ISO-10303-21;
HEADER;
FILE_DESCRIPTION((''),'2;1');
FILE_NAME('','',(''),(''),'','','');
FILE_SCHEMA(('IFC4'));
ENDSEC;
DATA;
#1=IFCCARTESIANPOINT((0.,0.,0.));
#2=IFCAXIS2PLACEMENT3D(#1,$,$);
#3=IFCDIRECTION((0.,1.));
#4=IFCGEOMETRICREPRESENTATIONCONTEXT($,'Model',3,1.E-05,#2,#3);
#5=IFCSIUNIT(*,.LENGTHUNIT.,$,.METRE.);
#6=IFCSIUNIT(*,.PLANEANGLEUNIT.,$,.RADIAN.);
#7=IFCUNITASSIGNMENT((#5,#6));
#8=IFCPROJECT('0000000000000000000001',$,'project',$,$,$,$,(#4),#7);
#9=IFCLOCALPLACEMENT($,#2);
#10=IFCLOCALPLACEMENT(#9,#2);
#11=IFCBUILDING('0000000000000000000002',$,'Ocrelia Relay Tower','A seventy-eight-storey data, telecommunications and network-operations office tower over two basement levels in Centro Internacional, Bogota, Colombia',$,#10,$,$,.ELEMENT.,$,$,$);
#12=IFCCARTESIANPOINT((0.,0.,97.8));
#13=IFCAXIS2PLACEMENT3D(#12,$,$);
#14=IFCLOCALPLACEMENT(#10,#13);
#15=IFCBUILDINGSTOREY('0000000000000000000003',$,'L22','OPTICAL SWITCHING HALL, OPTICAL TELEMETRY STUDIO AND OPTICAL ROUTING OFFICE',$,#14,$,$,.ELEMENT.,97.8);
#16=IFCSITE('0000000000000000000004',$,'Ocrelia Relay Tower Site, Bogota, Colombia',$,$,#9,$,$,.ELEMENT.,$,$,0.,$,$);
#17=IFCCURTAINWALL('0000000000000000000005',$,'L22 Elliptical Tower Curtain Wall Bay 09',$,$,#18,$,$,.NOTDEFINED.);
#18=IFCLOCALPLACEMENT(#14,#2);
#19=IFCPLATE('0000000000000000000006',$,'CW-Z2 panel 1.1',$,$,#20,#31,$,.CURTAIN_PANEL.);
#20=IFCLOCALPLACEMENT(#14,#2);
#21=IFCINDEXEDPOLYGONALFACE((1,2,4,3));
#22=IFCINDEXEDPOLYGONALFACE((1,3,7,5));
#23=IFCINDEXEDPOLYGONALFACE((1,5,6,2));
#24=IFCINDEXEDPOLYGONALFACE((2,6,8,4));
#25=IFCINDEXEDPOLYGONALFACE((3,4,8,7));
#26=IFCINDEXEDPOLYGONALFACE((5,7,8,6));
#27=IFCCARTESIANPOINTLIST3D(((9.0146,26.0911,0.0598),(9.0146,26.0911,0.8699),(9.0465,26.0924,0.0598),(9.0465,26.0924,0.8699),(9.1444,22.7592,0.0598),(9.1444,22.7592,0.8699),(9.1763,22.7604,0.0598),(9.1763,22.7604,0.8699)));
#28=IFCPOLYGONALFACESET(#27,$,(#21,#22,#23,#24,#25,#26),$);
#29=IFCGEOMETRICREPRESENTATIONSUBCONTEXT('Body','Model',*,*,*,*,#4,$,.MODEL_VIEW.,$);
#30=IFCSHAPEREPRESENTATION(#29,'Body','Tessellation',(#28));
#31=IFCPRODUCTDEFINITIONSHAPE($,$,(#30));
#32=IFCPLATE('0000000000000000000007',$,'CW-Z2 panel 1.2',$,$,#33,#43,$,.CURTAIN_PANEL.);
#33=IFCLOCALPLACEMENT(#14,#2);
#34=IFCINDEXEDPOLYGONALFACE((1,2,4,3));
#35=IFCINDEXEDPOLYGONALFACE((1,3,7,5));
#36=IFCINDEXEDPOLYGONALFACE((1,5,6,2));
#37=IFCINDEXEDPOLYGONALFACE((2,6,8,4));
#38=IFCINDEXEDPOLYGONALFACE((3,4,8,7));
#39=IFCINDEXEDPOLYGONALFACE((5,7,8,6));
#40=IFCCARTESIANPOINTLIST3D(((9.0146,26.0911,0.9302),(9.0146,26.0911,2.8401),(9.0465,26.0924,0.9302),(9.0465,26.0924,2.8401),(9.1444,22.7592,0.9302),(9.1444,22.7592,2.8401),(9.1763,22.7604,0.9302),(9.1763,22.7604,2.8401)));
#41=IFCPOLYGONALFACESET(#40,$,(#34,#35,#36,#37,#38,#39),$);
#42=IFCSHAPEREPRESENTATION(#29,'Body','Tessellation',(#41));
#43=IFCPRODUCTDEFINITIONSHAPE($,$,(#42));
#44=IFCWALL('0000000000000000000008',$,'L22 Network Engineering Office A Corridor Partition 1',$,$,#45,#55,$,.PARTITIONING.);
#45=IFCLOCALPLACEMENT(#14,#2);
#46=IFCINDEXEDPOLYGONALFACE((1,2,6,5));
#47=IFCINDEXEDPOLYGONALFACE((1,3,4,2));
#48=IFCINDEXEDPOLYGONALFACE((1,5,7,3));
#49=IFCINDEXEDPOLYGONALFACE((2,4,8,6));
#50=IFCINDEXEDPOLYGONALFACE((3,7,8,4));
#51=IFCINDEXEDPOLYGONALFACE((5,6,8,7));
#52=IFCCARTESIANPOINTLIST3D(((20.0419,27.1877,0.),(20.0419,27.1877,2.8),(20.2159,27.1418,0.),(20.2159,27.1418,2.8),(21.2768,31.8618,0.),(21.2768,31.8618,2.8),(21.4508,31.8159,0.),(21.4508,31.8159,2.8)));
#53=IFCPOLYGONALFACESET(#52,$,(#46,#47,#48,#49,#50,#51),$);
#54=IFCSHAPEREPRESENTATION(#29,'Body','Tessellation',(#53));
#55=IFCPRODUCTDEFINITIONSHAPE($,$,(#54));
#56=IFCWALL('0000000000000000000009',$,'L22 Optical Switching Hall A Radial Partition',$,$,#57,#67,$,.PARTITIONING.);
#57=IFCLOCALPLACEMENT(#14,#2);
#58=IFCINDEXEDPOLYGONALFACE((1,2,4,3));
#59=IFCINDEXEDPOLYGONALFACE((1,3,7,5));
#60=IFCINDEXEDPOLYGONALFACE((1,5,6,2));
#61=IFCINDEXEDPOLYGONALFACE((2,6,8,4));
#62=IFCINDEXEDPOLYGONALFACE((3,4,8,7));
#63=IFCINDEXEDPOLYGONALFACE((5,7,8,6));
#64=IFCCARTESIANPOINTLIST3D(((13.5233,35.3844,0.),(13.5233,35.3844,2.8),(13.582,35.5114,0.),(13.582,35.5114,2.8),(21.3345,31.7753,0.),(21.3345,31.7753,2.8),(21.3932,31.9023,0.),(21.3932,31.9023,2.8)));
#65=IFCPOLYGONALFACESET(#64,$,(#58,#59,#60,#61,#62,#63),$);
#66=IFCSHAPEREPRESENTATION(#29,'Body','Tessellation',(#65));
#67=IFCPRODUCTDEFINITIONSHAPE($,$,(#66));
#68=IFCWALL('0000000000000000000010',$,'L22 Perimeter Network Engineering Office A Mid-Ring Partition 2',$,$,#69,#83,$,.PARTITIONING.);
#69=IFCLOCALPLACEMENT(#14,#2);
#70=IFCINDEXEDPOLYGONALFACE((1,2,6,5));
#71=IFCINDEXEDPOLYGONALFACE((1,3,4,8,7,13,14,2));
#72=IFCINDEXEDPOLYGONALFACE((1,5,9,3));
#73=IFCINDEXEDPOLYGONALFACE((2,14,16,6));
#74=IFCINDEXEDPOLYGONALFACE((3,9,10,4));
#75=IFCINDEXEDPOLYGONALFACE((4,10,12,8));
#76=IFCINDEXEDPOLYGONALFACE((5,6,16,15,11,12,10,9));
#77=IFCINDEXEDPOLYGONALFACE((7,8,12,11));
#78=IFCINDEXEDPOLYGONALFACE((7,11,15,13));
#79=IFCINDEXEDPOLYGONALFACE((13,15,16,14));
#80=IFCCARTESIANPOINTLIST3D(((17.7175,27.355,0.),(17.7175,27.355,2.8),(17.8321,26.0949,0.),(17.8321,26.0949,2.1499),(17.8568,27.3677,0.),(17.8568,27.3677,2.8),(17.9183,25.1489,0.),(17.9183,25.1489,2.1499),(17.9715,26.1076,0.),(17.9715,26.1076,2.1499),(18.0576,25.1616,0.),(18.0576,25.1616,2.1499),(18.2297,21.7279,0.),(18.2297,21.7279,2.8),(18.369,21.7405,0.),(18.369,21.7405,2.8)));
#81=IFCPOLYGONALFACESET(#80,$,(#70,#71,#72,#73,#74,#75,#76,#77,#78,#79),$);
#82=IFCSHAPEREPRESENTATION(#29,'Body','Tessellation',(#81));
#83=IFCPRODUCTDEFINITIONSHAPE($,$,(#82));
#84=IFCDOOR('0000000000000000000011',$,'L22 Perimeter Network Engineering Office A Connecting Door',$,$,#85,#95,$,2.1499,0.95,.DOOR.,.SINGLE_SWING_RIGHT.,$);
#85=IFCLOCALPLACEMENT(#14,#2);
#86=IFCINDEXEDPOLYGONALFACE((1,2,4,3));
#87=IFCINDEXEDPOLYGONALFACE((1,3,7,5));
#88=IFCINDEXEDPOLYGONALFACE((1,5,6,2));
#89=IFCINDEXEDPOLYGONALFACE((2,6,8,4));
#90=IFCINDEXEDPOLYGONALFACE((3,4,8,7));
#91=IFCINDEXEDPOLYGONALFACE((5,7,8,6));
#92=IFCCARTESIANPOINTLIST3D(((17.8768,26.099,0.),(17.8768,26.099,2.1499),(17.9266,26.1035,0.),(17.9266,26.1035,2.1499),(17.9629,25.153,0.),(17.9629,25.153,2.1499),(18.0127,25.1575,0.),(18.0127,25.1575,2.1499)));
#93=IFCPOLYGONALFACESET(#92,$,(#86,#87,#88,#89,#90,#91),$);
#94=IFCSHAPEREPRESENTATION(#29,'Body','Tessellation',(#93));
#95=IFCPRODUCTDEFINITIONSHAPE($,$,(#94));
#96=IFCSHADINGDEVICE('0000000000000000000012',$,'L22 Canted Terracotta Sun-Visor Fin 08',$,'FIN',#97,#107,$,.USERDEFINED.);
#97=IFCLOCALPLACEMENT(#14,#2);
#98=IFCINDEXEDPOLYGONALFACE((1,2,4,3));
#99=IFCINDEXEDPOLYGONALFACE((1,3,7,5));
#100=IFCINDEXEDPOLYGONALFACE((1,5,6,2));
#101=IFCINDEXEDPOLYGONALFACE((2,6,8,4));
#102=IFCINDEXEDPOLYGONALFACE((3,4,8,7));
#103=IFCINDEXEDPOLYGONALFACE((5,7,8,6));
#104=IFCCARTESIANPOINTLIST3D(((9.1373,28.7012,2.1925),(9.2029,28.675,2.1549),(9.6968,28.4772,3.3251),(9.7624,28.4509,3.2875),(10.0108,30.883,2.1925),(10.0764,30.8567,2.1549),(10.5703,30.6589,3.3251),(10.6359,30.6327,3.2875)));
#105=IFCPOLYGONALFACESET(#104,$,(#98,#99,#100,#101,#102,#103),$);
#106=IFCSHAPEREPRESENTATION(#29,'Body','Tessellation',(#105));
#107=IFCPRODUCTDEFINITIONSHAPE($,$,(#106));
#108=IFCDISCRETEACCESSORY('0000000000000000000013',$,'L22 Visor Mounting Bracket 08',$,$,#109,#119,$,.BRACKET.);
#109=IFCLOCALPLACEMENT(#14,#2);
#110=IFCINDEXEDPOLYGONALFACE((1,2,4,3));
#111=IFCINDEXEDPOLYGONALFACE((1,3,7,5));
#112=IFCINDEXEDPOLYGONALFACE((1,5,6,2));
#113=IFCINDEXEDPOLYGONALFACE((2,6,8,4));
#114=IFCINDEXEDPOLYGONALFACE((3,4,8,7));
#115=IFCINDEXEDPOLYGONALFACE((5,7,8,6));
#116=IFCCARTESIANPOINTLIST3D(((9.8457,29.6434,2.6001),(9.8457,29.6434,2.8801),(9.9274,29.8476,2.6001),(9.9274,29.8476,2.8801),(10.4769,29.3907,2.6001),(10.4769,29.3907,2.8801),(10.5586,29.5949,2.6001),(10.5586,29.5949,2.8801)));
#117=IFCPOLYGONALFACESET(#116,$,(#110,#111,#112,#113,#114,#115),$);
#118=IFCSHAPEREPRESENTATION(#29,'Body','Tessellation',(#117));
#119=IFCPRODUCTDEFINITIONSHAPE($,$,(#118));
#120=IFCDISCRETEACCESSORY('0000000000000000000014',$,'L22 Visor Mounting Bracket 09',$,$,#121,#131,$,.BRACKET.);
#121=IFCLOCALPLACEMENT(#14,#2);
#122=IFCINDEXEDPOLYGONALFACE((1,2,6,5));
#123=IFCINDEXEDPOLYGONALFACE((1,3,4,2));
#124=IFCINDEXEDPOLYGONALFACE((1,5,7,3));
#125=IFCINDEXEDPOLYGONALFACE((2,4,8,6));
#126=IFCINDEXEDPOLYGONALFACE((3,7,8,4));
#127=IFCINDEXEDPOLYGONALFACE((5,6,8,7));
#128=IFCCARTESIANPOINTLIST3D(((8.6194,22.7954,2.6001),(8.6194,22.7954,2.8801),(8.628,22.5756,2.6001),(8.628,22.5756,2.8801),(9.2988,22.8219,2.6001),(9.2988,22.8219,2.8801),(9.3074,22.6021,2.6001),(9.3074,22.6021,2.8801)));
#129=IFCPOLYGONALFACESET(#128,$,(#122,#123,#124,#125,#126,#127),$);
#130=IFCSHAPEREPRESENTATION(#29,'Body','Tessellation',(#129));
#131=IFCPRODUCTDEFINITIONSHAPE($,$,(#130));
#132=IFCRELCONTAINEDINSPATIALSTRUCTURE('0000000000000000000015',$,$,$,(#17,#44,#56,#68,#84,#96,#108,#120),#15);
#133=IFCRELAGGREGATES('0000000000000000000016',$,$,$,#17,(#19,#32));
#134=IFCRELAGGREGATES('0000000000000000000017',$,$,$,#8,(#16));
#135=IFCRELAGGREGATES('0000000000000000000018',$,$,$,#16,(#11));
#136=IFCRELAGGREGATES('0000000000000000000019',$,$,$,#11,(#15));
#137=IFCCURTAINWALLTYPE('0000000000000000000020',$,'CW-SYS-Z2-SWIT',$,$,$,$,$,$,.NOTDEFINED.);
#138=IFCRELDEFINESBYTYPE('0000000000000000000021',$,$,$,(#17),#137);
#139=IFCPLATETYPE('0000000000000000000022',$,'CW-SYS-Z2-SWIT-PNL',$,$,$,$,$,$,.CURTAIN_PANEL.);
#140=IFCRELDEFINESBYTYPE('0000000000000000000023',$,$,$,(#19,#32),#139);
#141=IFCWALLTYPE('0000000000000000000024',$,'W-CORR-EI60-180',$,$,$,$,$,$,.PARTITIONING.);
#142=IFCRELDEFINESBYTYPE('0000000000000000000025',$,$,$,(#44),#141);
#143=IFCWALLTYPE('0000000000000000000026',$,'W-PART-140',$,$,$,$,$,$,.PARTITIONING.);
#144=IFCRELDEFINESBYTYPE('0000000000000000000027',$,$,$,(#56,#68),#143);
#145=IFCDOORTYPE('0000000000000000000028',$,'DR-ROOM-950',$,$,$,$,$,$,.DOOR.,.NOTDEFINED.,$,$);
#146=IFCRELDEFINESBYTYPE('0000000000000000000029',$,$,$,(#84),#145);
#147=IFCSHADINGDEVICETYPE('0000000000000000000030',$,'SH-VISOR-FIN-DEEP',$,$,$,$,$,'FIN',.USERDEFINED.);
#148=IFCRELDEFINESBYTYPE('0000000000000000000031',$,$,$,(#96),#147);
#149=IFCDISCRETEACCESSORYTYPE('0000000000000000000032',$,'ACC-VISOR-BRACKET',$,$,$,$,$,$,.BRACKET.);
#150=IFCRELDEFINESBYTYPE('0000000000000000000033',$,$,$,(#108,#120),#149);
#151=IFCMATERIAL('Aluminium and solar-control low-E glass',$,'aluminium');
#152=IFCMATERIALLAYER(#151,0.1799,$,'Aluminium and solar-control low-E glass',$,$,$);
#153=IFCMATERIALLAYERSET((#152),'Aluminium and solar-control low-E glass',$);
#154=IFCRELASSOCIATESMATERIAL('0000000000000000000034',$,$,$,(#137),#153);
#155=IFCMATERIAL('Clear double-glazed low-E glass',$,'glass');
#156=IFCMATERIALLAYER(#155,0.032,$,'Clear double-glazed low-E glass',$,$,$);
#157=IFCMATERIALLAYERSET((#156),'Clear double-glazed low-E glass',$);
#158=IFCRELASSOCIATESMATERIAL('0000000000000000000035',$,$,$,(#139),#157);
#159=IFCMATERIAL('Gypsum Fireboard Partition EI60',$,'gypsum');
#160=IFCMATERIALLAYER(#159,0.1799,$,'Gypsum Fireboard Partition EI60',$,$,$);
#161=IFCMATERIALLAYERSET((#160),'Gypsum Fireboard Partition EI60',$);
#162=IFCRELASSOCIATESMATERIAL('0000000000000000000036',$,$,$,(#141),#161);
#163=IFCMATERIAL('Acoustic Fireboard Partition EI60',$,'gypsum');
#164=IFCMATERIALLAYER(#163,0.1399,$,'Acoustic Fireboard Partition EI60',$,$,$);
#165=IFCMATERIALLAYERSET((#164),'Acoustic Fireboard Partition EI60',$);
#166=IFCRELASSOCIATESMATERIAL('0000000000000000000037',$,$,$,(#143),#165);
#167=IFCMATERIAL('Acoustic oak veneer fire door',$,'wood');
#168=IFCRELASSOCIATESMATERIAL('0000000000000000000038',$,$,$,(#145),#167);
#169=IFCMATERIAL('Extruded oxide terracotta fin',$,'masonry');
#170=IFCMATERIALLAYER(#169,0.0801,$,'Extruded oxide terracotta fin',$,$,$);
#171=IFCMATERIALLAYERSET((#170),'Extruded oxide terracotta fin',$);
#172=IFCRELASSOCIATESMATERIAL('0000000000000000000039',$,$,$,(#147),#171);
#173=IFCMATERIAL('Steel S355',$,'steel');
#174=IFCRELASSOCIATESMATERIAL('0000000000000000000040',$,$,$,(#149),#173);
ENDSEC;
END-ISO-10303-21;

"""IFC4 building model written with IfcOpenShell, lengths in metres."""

from ifc_helpers import new_model, si_unit, direction, frame, frame_2d, origin, origin_2d, place, context, subcontext, project, spatial, rectangle, extrude, material, layer, layer_set, type_object, element, fill, aggregate, save


model = new_model("IFC4")

# Units and contexts
model_context = context("Model", 3, precision=1e-05, world=origin(), true_north=direction((0.0, 1.0)))
body_context = subcontext(model_context, "Body", "Model", "MODEL_VIEW")
ifc_project = project(units=[si_unit("LENGTHUNIT", "METRE"), si_unit("PLANEANGLEUNIT", "RADIAN")], contexts=[model_context])

# Site, building, storey
site_placement = place(None, origin())
site = spatial("IfcSite", under=ifc_project, at=site_placement, Name="Ocrelia Relay Tower Site, Bogota, Colombia", CompositionType="ELEMENT", RefElevation=0.0)
building_placement = place(site_placement, origin())
building = spatial("IfcBuilding", under=site, at=building_placement, Name="Ocrelia Relay Tower", Description="A seventy-eight-storey data, telecommunications and network-operations office tower over two basement levels in Centro Internacional, Bogota, Colombia", CompositionType="ELEMENT")
storey_placement = place(building_placement, frame((0.0, 0.0, 97.8)))
storey = spatial("IfcBuildingStorey", under=building, at=storey_placement, Name="L22", Description="OPTICAL SWITCHING HALL, OPTICAL TELEMETRY STUDIO AND OPTICAL ROUTING OFFICE", CompositionType="ELEMENT", Elevation=97.8)

# Shared definitions
ifc_material_1 = material(Name="Steel S355", Category="steel")

# Curtain wall, plates
ifc_material_2 = material(Name="Aluminium and solar-control low-E glass", Category="aluminium")
ifc_layer_1 = layer(ifc_material_2, 0.1799, Name="Aluminium and solar-control low-E glass")
ifc_layer_set_1 = layer_set([ifc_layer_1], Name="Aluminium and solar-control low-E glass")
curtain_wall_type = type_object("IfcCurtainWallType", Name="CW-SYS-Z2-SWIT", PredefinedType="NOTDEFINED", material=ifc_layer_set_1)
curtain_wall_placement = place(storey_placement, origin())
curtain_wall = element("IfcCurtainWall", 1, at=curtain_wall_placement, inside=storey, type_object=curtain_wall_type, Name="L22 Elliptical Tower Curtain Wall Bay 09", PredefinedType="NOTDEFINED")
ifc_material_3 = material(Name="Clear double-glazed low-E glass", Category="glass")
ifc_layer_2 = layer(ifc_material_3, 0.032, Name="Clear double-glazed low-E glass")
ifc_layer_set_2 = layer_set([ifc_layer_2], Name="Clear double-glazed low-E glass")
plate_type = type_object("IfcPlateType", Name="CW-SYS-Z2-SWIT-PNL", PredefinedType="CURTAIN_PANEL", material=ifc_layer_set_2)
plate_1_placement = place(storey_placement, frame((9.0955, 24.4258, 0.0598), z_axis=(0.0, 0.0, 1.0), x_axis=(0.03893, -0.999242, 0.0)))
plate_1 = element("IfcPlate", 2, at=plate_1_placement, type_object=plate_type, Name="CW-Z2 panel 1.1", PredefinedType="CURTAIN_PANEL", context=body_context, shape_type="SweptSolid", body=[
    extrude(rectangle(XDim=3.3345, YDim=0.032, at=origin_2d()), origin(), (0.0, 0.0, 1.0), 0.8101),
])
plate_2_placement = place(storey_placement, frame((9.0955, 24.4258, 0.9302), z_axis=(0.0, 0.0, 1.0), x_axis=(0.03893, -0.999242, 0.0)))
plate_2 = element("IfcPlate", 3, at=plate_2_placement, type_object=plate_type, Name="CW-Z2 panel 1.2", PredefinedType="CURTAIN_PANEL", context=body_context, shape_type="SweptSolid", body=[
    extrude(rectangle(XDim=3.3345, YDim=0.032, at=origin_2d()), origin(), (0.0, 0.0, 1.0), 1.9099),
])
aggregate(curtain_wall, [plate_1, plate_2])

# Wall
ifc_material_4 = material(Name="Gypsum Fireboard Partition EI60", Category="gypsum")
ifc_layer_3 = layer(ifc_material_4, 0.1799, Name="Gypsum Fireboard Partition EI60")
ifc_layer_set_3 = layer_set([ifc_layer_3], Name="Gypsum Fireboard Partition EI60")
wall_type_1 = type_object("IfcWallType", Name="W-CORR-EI60-180", PredefinedType="PARTITIONING", material=ifc_layer_set_3)
wall_1_placement = place(storey_placement, frame((21.3638, 31.8389, 0.0), z_axis=(0.0, 0.0, 1.0), x_axis=(-0.25543, -0.966827, 0.0)))
element("IfcWall", 4, at=wall_1_placement, inside=storey, type_object=wall_type_1, Name="L22 Network Engineering Office A Corridor Partition 1", PredefinedType="PARTITIONING", context=body_context, shape_type="SweptSolid", body=[
    extrude(rectangle(XDim=4.8345, YDim=0.1799, at=frame_2d((2.4172, 0.0))), origin(), (0.0, 0.0, 1.0), 2.8),
])

# Shared definitions
ifc_material_5 = material(Name="Acoustic oak veneer fire door", Category="wood")

# Wall
ifc_material_6 = material(Name="Acoustic Fireboard Partition EI60", Category="gypsum")
ifc_layer_4 = layer(ifc_material_6, 0.1399, Name="Acoustic Fireboard Partition EI60")
ifc_layer_set_4 = layer_set([ifc_layer_4], Name="Acoustic Fireboard Partition EI60")
wall_type_2 = type_object("IfcWallType", Name="W-PART-140", PredefinedType="PARTITIONING", material=ifc_layer_set_4)
wall_2_placement = place(storey_placement, frame((21.3638, 31.8389, 0.0), z_axis=(0.0, 0.0, 1.0), x_axis=(-0.907786, 0.419434, 0.0)))
element("IfcWall", 5, at=wall_2_placement, inside=storey, type_object=wall_type_2, Name="L22 Optical Switching Hall A Radial Partition", PredefinedType="PARTITIONING", context=body_context, shape_type="SweptSolid", body=[
    extrude(rectangle(XDim=8.6047, YDim=0.1399, at=frame_2d((4.3022, 0.0))), origin(), (0.0, 0.0, 1.0), 2.8),
])

# Wall, opening, door
wall_3_placement = place(storey_placement, frame((17.7871, 27.3613, 0.0), z_axis=(0.0, 0.0, 1.0), x_axis=(0.090649, -0.995883, 0.0)))
wall_3 = element("IfcWall", 6, at=wall_3_placement, inside=storey, type_object=wall_type_2, Name="L22 Perimeter Network Engineering Office A Mid-Ring Partition 2", PredefinedType="PARTITIONING", context=body_context, shape_type="SweptSolid", body=[
    extrude(rectangle(XDim=5.6504, YDim=0.1399, at=frame_2d((2.8252, 0.0))), origin(), (0.0, 0.0, 1.0), 2.8),
])
opening_1_placement = place(wall_3_placement, frame((1.2651, 0.0, 0.0)))
opening_1 = element("IfcOpeningElement", 7, at=opening_1_placement, cuts=wall_3, PredefinedType="OPENING", context=body_context, shape_type="SweptSolid", body=[
    extrude(rectangle(XDim=0.95, YDim=2.1499, at=frame_2d((0.4751, 1.075))), frame((0.0, 0.0801, 0.0), z_axis=(0.0, -1.0, 0.0), x_axis=(1.0, 0.0, 0.0)), (0.0, 0.0, 1.0), 0.1599),
])
door_type_1 = type_object("IfcDoorType", Name="DR-ROOM-950", OperationType="NOTDEFINED", PredefinedType="DOOR", material=ifc_material_5)
door_1_placement = place(opening_1_placement, origin())
door_1 = element("IfcDoor", 8, at=door_1_placement, inside=storey, type_object=door_type_1, Name="L22 Perimeter Network Engineering Office A Connecting Door", OperationType="SINGLE_SWING_RIGHT", OverallHeight=2.1499, OverallWidth=0.95, PredefinedType="DOOR", context=body_context, shape_type="SweptSolid", body=[
    extrude(rectangle(XDim=0.95, YDim=2.1499, at=frame_2d((0.4751, 1.075))), frame((0.0, 0.0249, 0.0), z_axis=(0.0, -1.0, 0.0), x_axis=(1.0, 0.0, 0.0)), (0.0, 0.0, 1.0), 0.05),
])
fill(opening_1, door_1)

# Shading device
ifc_material_7 = material(Name="Extruded oxide terracotta fin", Category="masonry")
ifc_layer_5 = layer(ifc_material_7, 0.0801, Name="Extruded oxide terracotta fin")
ifc_layer_set_5 = layer_set([ifc_layer_5], Name="Extruded oxide terracotta fin")
shading_device_type = type_object("IfcShadingDeviceType", Name="SH-VISOR-FIN-DEEP", ElementType="FIN", PredefinedType="USERDEFINED", material=ifc_layer_set_5)
shading_device_placement = place(storey_placement, frame((9.9194, 29.6538, 2.7212), z_axis=(-0.819539, 0.328119, 0.46978), x_axis=(-0.371687, -0.928358, 0.0)))
element("IfcShadingDevice", 9, at=shading_device_placement, inside=storey, type_object=shading_device_type, Name="L22 Canted Terracotta Sun-Visor Fin 08", ObjectType="FIN", PredefinedType="USERDEFINED", context=body_context, shape_type="SweptSolid", body=[
    extrude(rectangle(XDim=2.3501, YDim=1.283, at=origin_2d()), origin(), (0.0, 0.0, 1.0), 0.0801),
])

# Discrete accessories
discrete_accessory_type = type_object("IfcDiscreteAccessoryType", Name="ACC-VISOR-BRACKET", PredefinedType="BRACKET", material=ifc_material_1)
for number, where, z_axis, x_axis, name in (
    (10, (10.2021, 29.6191, 2.6001), (0.0, 0.0, 1.0), (-0.371687, -0.928358, 0.0), "L22 Visor Mounting Bracket 08"),
    (11, (8.9634, 22.6987, 2.6001), (0.0, 0.0, 1.0), (0.03893, -0.999242, 0.0), "L22 Visor Mounting Bracket 09"),
):
    element("IfcDiscreteAccessory", number, at=place(storey_placement, frame(where, z_axis=z_axis, x_axis=x_axis)), inside=storey, type_object=discrete_accessory_type, Name=name, PredefinedType="BRACKET", context=body_context, shape_type="SweptSolid", body=[
        extrude(rectangle(XDim=0.22, YDim=0.6799, at=origin_2d()), origin(), (0.0, 0.0, 1.0), 0.28),
    ])

save(model, "model.ifc")
